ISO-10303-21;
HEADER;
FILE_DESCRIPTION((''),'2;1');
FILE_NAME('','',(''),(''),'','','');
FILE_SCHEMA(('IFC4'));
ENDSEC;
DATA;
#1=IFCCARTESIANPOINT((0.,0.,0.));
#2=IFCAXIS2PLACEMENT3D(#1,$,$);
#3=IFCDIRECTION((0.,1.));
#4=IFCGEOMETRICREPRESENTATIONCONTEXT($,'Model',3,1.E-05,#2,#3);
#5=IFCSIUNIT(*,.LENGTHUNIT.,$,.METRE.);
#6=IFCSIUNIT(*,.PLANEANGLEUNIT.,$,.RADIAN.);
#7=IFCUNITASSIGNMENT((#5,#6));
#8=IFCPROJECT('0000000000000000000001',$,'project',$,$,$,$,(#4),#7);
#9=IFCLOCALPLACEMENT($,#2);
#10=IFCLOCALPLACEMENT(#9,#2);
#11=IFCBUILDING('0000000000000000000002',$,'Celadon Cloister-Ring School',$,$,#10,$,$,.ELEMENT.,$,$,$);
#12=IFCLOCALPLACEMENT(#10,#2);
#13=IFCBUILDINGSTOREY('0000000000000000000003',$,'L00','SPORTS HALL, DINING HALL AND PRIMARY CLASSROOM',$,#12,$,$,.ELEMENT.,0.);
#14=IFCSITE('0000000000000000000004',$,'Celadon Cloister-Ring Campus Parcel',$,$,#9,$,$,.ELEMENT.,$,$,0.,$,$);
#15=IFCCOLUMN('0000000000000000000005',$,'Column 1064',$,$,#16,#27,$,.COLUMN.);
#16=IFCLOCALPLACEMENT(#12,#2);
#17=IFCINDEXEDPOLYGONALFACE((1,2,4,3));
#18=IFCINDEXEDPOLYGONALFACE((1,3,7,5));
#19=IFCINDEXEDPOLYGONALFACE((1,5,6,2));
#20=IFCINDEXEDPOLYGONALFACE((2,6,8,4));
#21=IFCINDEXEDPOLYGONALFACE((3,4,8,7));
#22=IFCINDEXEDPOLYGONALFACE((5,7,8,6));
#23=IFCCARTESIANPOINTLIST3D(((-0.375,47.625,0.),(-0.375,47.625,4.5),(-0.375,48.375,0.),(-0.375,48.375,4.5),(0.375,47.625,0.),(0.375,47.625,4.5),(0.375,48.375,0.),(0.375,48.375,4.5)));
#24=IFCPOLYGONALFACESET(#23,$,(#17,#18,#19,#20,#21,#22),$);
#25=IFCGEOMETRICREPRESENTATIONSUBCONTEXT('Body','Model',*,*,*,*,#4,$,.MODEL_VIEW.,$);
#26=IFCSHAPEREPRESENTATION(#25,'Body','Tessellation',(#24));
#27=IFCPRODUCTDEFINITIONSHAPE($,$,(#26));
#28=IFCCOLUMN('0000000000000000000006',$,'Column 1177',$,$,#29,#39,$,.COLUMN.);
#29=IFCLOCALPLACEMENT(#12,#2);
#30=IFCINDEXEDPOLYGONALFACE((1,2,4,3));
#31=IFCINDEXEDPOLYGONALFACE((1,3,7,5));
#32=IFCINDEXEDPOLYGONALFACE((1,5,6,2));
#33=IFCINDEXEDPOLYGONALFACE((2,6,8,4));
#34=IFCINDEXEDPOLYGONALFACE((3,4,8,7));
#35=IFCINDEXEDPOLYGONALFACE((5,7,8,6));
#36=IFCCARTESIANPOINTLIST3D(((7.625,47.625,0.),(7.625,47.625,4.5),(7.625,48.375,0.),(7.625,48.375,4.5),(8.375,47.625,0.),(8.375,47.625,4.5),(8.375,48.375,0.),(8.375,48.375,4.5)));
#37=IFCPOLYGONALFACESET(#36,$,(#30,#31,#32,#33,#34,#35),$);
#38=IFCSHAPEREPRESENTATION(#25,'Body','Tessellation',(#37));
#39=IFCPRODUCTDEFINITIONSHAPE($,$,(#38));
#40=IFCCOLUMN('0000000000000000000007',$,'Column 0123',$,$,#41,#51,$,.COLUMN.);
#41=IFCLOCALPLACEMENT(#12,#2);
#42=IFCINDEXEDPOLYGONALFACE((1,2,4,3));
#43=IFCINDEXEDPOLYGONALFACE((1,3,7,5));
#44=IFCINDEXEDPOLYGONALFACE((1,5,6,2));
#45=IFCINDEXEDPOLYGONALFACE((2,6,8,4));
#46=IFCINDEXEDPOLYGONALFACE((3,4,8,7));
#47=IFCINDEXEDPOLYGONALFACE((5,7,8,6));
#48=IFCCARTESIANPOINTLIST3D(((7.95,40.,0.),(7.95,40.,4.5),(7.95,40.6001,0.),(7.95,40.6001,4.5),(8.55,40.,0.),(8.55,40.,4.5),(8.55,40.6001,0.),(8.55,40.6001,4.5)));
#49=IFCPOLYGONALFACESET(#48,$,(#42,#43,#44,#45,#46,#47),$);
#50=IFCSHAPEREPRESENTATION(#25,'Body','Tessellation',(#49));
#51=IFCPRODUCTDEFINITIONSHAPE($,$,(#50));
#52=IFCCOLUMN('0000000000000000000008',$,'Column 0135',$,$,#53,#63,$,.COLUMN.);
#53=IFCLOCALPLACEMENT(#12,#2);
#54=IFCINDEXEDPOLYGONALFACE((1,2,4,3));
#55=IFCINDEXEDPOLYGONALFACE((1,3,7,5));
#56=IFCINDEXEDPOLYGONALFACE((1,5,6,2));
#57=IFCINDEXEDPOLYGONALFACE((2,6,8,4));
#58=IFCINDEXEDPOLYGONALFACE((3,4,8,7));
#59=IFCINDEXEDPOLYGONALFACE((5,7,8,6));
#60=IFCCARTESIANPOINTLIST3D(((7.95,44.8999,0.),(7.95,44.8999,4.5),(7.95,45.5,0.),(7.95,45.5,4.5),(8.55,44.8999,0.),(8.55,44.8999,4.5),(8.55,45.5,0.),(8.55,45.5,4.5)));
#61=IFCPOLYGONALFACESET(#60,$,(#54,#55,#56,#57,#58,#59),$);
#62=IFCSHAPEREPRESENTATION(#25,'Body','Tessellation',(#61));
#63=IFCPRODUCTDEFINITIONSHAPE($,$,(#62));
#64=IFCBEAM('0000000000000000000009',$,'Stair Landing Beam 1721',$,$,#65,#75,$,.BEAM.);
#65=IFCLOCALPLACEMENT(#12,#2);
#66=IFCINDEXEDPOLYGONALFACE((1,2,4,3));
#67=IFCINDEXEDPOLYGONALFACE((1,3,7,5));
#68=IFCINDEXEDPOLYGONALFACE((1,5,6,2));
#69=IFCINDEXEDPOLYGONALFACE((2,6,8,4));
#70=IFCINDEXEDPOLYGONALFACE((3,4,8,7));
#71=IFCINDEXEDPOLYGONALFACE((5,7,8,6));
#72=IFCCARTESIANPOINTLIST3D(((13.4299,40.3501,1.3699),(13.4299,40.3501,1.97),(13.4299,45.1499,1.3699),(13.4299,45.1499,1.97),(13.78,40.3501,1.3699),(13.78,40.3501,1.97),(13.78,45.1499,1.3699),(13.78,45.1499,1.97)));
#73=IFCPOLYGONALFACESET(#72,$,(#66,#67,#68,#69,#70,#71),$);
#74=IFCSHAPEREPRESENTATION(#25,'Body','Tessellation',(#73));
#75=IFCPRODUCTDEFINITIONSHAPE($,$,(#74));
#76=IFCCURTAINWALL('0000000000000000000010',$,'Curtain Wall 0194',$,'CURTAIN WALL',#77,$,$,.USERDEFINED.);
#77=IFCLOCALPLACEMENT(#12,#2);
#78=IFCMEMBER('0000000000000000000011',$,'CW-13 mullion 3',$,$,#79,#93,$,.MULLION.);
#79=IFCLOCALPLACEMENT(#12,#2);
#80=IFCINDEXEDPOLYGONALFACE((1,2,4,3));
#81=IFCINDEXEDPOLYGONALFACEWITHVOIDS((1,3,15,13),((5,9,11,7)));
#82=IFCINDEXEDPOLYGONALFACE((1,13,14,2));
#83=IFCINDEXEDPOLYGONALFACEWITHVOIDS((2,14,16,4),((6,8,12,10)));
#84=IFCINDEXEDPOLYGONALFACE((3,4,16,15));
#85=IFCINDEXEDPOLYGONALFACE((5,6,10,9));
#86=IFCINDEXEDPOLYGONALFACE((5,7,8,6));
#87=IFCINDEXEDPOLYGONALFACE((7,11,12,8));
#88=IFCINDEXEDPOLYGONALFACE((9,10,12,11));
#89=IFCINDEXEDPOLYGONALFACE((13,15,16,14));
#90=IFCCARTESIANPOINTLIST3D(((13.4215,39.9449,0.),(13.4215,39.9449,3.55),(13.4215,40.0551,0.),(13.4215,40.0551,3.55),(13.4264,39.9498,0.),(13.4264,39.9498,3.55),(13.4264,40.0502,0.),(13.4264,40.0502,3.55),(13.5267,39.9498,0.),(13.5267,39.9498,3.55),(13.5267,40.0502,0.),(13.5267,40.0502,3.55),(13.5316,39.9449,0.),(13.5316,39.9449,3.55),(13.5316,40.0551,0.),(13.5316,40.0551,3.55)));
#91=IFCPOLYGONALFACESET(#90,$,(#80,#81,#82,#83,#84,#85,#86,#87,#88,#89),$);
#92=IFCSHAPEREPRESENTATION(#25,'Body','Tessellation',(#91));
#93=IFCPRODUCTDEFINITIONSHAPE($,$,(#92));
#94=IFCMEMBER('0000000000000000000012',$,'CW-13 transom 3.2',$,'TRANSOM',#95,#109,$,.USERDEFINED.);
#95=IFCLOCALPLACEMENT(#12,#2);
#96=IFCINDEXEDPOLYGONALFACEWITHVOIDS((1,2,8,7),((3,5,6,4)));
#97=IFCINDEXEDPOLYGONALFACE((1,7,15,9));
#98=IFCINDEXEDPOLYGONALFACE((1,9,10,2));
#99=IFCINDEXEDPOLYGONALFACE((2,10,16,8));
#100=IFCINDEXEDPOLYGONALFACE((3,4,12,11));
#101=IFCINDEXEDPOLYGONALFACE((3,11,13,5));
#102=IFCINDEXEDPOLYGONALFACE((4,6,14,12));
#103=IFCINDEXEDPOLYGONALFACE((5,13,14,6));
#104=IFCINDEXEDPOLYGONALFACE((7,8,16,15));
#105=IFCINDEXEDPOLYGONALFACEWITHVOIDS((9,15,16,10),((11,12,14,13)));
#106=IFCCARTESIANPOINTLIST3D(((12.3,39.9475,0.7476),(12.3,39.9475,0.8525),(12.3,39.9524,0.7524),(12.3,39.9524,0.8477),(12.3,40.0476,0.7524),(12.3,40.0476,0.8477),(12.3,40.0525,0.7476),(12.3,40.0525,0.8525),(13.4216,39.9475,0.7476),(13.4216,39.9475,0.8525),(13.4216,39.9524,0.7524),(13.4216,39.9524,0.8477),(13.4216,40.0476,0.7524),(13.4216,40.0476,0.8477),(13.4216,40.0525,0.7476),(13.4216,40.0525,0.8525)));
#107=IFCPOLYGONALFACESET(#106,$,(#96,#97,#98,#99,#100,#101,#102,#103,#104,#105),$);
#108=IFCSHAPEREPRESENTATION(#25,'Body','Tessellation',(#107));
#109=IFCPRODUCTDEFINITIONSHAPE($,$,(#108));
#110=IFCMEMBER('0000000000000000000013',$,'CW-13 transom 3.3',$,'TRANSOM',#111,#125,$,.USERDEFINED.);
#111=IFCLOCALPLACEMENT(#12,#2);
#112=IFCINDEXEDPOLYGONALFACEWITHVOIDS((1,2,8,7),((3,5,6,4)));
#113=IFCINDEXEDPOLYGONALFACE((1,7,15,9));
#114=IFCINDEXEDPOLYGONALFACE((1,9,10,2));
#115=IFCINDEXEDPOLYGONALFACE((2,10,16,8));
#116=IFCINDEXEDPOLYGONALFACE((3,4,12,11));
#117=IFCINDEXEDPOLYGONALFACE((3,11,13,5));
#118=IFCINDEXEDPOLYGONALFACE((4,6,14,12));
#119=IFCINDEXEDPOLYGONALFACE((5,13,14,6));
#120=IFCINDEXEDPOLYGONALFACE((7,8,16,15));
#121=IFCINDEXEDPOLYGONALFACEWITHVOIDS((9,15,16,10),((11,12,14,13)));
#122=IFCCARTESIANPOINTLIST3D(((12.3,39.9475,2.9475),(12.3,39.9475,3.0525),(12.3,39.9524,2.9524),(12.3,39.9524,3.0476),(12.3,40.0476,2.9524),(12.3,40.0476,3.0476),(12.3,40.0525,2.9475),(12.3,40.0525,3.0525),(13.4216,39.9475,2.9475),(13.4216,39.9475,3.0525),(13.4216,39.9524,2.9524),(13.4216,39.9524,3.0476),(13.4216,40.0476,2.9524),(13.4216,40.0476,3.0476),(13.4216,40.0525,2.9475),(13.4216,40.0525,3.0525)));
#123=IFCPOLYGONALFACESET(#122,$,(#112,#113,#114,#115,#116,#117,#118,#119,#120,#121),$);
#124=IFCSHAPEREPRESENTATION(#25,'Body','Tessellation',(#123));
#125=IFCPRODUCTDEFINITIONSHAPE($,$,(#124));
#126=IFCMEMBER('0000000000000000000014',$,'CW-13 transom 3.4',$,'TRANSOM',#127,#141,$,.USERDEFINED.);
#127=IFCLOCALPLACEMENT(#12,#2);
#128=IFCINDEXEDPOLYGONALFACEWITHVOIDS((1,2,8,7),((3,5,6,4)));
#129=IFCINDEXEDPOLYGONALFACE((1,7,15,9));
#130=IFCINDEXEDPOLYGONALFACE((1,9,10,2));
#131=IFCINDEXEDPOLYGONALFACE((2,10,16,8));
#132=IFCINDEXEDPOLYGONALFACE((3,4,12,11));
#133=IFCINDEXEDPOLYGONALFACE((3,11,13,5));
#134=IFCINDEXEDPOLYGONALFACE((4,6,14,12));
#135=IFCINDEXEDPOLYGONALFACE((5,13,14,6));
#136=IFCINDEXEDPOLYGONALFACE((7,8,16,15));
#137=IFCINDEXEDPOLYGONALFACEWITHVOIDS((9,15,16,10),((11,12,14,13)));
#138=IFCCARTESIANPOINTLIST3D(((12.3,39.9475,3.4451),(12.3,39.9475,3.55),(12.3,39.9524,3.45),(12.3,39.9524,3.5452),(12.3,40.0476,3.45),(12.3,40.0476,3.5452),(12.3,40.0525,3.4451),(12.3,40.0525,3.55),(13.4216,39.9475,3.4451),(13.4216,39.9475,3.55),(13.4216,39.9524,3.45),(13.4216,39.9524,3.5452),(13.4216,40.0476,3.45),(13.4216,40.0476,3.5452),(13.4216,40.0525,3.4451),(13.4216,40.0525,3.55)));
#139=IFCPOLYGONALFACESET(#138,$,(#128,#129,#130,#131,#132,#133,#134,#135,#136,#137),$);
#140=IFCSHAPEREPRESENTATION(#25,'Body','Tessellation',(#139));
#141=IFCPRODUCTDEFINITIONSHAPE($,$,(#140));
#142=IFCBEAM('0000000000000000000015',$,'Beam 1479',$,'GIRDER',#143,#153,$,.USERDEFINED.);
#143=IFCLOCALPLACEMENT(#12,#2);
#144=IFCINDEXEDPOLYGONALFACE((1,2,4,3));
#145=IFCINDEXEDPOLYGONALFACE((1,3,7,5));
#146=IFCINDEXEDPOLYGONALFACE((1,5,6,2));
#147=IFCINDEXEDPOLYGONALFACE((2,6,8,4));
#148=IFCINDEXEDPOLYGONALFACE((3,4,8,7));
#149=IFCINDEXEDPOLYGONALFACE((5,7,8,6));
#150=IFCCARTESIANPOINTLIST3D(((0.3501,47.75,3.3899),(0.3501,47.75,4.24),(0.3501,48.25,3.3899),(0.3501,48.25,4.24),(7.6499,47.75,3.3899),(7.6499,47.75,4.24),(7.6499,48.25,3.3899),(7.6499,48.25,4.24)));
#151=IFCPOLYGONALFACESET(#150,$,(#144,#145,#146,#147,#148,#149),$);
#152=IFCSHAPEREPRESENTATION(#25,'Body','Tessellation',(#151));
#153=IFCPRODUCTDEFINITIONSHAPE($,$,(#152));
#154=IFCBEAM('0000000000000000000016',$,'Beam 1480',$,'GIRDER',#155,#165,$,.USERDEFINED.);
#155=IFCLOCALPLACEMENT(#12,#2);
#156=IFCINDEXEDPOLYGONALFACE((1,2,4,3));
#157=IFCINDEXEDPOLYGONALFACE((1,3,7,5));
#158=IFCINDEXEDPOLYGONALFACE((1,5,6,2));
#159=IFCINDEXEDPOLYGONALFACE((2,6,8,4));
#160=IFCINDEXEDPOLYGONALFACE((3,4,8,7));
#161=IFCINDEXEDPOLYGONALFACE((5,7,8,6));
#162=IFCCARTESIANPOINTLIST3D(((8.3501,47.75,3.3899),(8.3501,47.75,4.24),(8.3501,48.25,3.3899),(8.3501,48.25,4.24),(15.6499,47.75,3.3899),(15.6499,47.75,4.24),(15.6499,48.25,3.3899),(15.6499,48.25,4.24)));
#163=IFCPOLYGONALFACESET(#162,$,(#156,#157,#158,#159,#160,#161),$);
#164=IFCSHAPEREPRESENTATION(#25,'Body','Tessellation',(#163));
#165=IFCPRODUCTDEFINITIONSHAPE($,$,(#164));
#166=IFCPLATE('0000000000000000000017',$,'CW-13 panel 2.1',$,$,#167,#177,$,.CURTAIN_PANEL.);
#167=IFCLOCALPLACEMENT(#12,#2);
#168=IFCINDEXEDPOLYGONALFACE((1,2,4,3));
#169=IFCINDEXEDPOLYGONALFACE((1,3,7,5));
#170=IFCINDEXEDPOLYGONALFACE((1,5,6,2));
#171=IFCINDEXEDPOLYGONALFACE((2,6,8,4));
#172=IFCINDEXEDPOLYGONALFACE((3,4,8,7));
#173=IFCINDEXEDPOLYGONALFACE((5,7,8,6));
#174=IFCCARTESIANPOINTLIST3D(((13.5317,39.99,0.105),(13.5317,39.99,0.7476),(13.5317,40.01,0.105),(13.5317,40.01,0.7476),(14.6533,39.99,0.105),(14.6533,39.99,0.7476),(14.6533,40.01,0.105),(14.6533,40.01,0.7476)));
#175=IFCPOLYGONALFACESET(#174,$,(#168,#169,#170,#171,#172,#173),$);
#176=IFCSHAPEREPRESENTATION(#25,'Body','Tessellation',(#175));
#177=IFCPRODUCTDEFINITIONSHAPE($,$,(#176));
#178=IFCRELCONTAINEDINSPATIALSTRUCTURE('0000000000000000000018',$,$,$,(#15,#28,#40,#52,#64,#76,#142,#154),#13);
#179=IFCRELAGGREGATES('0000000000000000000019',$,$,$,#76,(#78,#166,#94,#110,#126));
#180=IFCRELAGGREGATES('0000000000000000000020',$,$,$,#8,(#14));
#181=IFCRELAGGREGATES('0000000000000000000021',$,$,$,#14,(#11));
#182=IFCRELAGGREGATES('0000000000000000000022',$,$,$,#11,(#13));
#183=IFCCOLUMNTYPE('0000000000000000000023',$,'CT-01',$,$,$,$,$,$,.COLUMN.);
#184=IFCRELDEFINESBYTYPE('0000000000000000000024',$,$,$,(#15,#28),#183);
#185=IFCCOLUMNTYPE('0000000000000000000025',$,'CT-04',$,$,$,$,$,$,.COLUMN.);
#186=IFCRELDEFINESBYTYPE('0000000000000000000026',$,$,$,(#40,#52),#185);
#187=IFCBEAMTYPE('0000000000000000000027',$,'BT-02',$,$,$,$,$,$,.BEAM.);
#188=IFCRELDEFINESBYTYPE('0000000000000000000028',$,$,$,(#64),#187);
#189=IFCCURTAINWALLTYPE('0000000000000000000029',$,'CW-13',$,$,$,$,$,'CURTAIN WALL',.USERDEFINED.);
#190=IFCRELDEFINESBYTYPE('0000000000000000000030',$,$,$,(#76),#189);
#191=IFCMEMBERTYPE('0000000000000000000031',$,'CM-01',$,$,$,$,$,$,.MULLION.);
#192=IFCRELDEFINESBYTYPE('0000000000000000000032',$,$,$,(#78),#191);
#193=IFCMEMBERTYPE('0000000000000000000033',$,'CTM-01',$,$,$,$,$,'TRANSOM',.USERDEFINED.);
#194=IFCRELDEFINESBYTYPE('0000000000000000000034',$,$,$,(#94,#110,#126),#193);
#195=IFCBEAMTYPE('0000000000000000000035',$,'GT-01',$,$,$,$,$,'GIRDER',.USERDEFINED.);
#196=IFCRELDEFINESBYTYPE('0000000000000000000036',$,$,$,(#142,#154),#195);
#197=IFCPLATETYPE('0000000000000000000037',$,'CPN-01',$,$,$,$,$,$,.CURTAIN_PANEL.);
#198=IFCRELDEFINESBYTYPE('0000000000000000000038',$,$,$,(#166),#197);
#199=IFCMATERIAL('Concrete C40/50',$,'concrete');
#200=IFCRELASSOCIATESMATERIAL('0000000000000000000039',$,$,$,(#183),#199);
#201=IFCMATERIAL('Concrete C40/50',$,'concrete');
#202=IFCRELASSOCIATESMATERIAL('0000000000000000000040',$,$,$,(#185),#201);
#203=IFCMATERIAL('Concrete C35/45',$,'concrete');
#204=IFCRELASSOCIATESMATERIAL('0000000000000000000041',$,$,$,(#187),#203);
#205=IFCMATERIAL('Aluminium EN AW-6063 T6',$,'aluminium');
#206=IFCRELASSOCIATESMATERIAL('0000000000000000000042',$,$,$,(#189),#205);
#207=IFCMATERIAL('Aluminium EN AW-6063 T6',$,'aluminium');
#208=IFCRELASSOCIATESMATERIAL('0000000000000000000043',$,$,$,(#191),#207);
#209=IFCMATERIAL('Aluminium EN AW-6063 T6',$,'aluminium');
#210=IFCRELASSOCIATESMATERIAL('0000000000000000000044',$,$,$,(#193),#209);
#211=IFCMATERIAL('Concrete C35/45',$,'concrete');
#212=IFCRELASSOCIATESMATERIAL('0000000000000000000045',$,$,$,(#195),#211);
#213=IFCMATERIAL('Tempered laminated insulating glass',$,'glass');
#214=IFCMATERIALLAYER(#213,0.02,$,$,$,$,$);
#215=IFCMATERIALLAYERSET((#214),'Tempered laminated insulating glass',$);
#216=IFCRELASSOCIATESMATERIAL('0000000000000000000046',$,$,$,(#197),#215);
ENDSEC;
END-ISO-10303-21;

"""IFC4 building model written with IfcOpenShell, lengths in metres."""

from ifc_helpers import new_model, si_unit, direction, frame, origin, origin_2d, place, context, subcontext, project, spatial, rectangle, hollow_rectangle, extrude, material, layer, layer_set, material_profile, profile_set, type_object, element, aggregate, save


model = new_model("IFC4")

# Units and contexts
model_context = context("Model", 3, precision=1e-05, world=origin(), true_north=direction((0.0, 1.0)))
body_context = subcontext(model_context, "Body", "Model", "MODEL_VIEW")
ifc_project = project(units=[si_unit("LENGTHUNIT", "METRE"), si_unit("PLANEANGLEUNIT", "RADIAN")], contexts=[model_context])

# Site, building, storey
site_placement = place(None, origin())
site = spatial("IfcSite", under=ifc_project, at=site_placement, Name="Celadon Cloister-Ring Campus Parcel", CompositionType="ELEMENT", RefElevation=0.0)
building_placement = place(site_placement, origin())
building = spatial("IfcBuilding", under=site, at=building_placement, Name="Celadon Cloister-Ring School", CompositionType="ELEMENT")
storey_placement = place(building_placement, origin())
storey = spatial("IfcBuildingStorey", under=building, at=storey_placement, Name="L00", Description="SPORTS HALL, DINING HALL AND PRIMARY CLASSROOM", CompositionType="ELEMENT", Elevation=0.0)

# Columns
ifc_material_1 = material(Name="Concrete C40/50", Category="concrete")
ifc_material_profile_1 = material_profile(ifc_material_1, rectangle(XDim=0.75, YDim=0.75, at=origin_2d()), Name="RC750X750")
ifc_profile_set_1 = profile_set([ifc_material_profile_1], Name="Concrete C40/50")
column_type_1 = type_object("IfcColumnType", Name="CT-01", PredefinedType="COLUMN", material=ifc_profile_set_1)
for number, where, z_axis, x_axis, name in (
    (1, (0.0, 48.0, 0.0), (0.0, 0.0, 1.0), (1.0, 0.0, 0.0), "Column 1064"),
    (2, (8.0, 48.0, 0.0), (0.0, 0.0, 1.0), (1.0, 0.0, 0.0), "Column 1177"),
):
    element("IfcColumn", number, at=place(storey_placement, frame(where, z_axis=z_axis, x_axis=x_axis)), inside=storey, type_object=column_type_1, Name=name, PredefinedType="COLUMN", context=body_context, shape_type="SweptSolid", body=[
        extrude(rectangle(XDim=0.75, YDim=0.75, at=origin_2d()), origin(), (0.0, 0.0, 1.0), 4.5),
    ])
ifc_material_2 = material(Name="Concrete C40/50", Category="concrete")
ifc_material_profile_2 = material_profile(ifc_material_2, rectangle(XDim=0.6001, YDim=0.6001, at=origin_2d()), Name="RC600X600")
ifc_profile_set_2 = profile_set([ifc_material_profile_2], Name="Concrete C40/50")
column_type_2 = type_object("IfcColumnType", Name="CT-04", PredefinedType="COLUMN", material=ifc_profile_set_2)
for number, where, z_axis, x_axis, name in (
    (3, (8.25, 40.3, 0.0), (0.0, 0.0, 1.0), (1.0, 0.0, 0.0), "Column 0123"),
    (4, (8.25, 45.2, 0.0), (0.0, 0.0, 1.0), (1.0, 0.0, 0.0), "Column 0135"),
):
    element("IfcColumn", number, at=place(storey_placement, frame(where, z_axis=z_axis, x_axis=x_axis)), inside=storey, type_object=column_type_2, Name=name, PredefinedType="COLUMN", context=body_context, shape_type="SweptSolid", body=[
        extrude(rectangle(XDim=0.6001, YDim=0.6001, at=origin_2d()), origin(), (0.0, 0.0, 1.0), 4.5),
    ])

# Beam
ifc_material_3 = material(Name="Concrete C35/45", Category="concrete")
ifc_material_profile_3 = material_profile(ifc_material_3, rectangle(XDim=0.3501, YDim=0.6001, at=origin_2d()), Name="RC350X600")
ifc_profile_set_3 = profile_set([ifc_material_profile_3], Name="Concrete C35/45")
beam_type_1 = type_object("IfcBeamType", Name="BT-02", PredefinedType="BEAM", material=ifc_profile_set_3)
beam_placement = place(storey_placement, frame((13.605, 40.3501, 1.6699), z_axis=(0.0, 1.0, 0.0), x_axis=(-1.0, 0.0, 0.0)))
element("IfcBeam", 5, at=beam_placement, inside=storey, type_object=beam_type_1, Name="Stair Landing Beam 1721", PredefinedType="BEAM", context=body_context, shape_type="SweptSolid", body=[
    extrude(rectangle(XDim=0.3501, YDim=0.6001, at=origin_2d()), origin(), (0.0, 0.0, 1.0), 4.7998),
])

# Curtain wall, members
ifc_material_4 = material(Name="Aluminium EN AW-6063 T6", Category="aluminium")
curtain_wall_type = type_object("IfcCurtainWallType", Name="CW-13", ElementType="CURTAIN WALL", PredefinedType="USERDEFINED", material=ifc_material_4)
curtain_wall_placement = place(storey_placement, origin())
curtain_wall = element("IfcCurtainWall", 6, at=curtain_wall_placement, inside=storey, type_object=curtain_wall_type, Name="Curtain Wall 0194", ObjectType="CURTAIN WALL", PredefinedType="USERDEFINED")
ifc_material_5 = material(Name="Aluminium EN AW-6063 T6", Category="aluminium")
ifc_material_profile_4 = material_profile(ifc_material_5, hollow_rectangle(XDim=0.1101, YDim=0.1101, WallThickness=0.0049, at=origin_2d()), Name="RHS110X110X5")
ifc_profile_set_4 = profile_set([ifc_material_profile_4], Name="Aluminium EN AW-6063 T6")
member_type_1 = type_object("IfcMemberType", Name="CM-01", PredefinedType="MULLION", material=ifc_profile_set_4)
member_1_placement = place(storey_placement, frame((13.4766, 40.0, 0.0), z_axis=(0.0, 0.0, 1.0), x_axis=(0.0, -1.0, 0.0)))
member_1 = element("IfcMember", 7, at=member_1_placement, type_object=member_type_1, Name="CW-13 mullion 3", PredefinedType="MULLION", context=body_context, shape_type="SweptSolid", body=[
    extrude(hollow_rectangle(XDim=0.1101, YDim=0.1101, WallThickness=0.0049, at=origin_2d()), origin(), (0.0, 0.0, 1.0), 3.55),
])
ifc_material_6 = material(Name="Aluminium EN AW-6063 T6", Category="aluminium")
ifc_material_profile_5 = material_profile(ifc_material_6, hollow_rectangle(XDim=0.105, YDim=0.105, WallThickness=0.0049, at=origin_2d()), Name="RHS105X105X5")
ifc_profile_set_5 = profile_set([ifc_material_profile_5], Name="Aluminium EN AW-6063 T6")
member_type_2 = type_object("IfcMemberType", Name="CTM-01", ElementType="TRANSOM", PredefinedType="USERDEFINED", material=ifc_profile_set_5)
member_2_placement = place(storey_placement, frame((13.4216, 40.0, 0.8), z_axis=(-1.0, 0.0, 0.0), x_axis=(0.0, -1.0, 0.0)))
member_2 = element("IfcMember", 8, at=member_2_placement, type_object=member_type_2, Name="CW-13 transom 3.2", ObjectType="TRANSOM", PredefinedType="USERDEFINED", context=body_context, shape_type="SweptSolid", body=[
    extrude(hollow_rectangle(XDim=0.105, YDim=0.105, WallThickness=0.0049, at=origin_2d()), origin(), (0.0, 0.0, 1.0), 1.1216),
])
member_3_placement = place(storey_placement, frame((13.4216, 40.0, 3.0), z_axis=(-1.0, 0.0, 0.0), x_axis=(0.0, -1.0, 0.0)))
member_3 = element("IfcMember", 9, at=member_3_placement, type_object=member_type_2, Name="CW-13 transom 3.3", ObjectType="TRANSOM", PredefinedType="USERDEFINED", context=body_context, shape_type="SweptSolid", body=[
    extrude(hollow_rectangle(XDim=0.105, YDim=0.105, WallThickness=0.0049, at=origin_2d()), origin(), (0.0, 0.0, 1.0), 1.1216),
])
member_4_placement = place(storey_placement, frame((13.4216, 40.0, 3.4976), z_axis=(-1.0, 0.0, 0.0), x_axis=(0.0, -1.0, 0.0)))
member_4 = element("IfcMember", 10, at=member_4_placement, type_object=member_type_2, Name="CW-13 transom 3.4", ObjectType="TRANSOM", PredefinedType="USERDEFINED", context=body_context, shape_type="SweptSolid", body=[
    extrude(hollow_rectangle(XDim=0.105, YDim=0.105, WallThickness=0.0049, at=origin_2d()), origin(), (0.0, 0.0, 1.0), 1.1216),
])

# Beams
ifc_material_7 = material(Name="Concrete C35/45", Category="concrete")
ifc_material_profile_6 = material_profile(ifc_material_7, rectangle(XDim=0.5, YDim=0.8501, at=origin_2d()), Name="RC500X850")
ifc_profile_set_6 = profile_set([ifc_material_profile_6], Name="Concrete C35/45")
beam_type_2 = type_object("IfcBeamType", Name="GT-01", ElementType="GIRDER", PredefinedType="USERDEFINED", material=ifc_profile_set_6)
for number, where, z_axis, x_axis, name in (
    (11, (0.3501, 48.0, 3.8149), (1.0, 0.0, 0.0), (0.0, 1.0, 0.0), "Beam 1479"),
    (12, (8.3501, 48.0, 3.8149), (1.0, 0.0, 0.0), (0.0, 1.0, 0.0), "Beam 1480"),
):
    element("IfcBeam", number, at=place(storey_placement, frame(where, z_axis=z_axis, x_axis=x_axis)), inside=storey, type_object=beam_type_2, Name=name, ObjectType="GIRDER", PredefinedType="USERDEFINED", context=body_context, shape_type="SweptSolid", body=[
        extrude(rectangle(XDim=0.5, YDim=0.8501, at=origin_2d()), origin(), (0.0, 0.0, 1.0), 7.2998),
    ])

# Plate
ifc_material_8 = material(Name="Tempered laminated insulating glass", Category="glass")
ifc_layer_1 = layer(ifc_material_8, 0.02)
ifc_layer_set_1 = layer_set([ifc_layer_1], Name="Tempered laminated insulating glass")
plate_type = type_object("IfcPlateType", Name="CPN-01", PredefinedType="CURTAIN_PANEL", material=ifc_layer_set_1)
plate_placement = place(storey_placement, frame((14.0925, 40.0, 0.105), z_axis=(0.0, 0.0, 1.0), x_axis=(-1.0, 0.0, 0.0)))
plate = element("IfcPlate", 13, at=plate_placement, type_object=plate_type, Name="CW-13 panel 2.1", PredefinedType="CURTAIN_PANEL", context=body_context, shape_type="SweptSolid", body=[
    extrude(rectangle(XDim=1.1216, YDim=0.02, at=origin_2d()), origin(), (0.0, 0.0, 1.0), 0.6426),
])
aggregate(curtain_wall, [member_1, plate, member_2, member_3, member_4])

save(model, "model.ifc")
